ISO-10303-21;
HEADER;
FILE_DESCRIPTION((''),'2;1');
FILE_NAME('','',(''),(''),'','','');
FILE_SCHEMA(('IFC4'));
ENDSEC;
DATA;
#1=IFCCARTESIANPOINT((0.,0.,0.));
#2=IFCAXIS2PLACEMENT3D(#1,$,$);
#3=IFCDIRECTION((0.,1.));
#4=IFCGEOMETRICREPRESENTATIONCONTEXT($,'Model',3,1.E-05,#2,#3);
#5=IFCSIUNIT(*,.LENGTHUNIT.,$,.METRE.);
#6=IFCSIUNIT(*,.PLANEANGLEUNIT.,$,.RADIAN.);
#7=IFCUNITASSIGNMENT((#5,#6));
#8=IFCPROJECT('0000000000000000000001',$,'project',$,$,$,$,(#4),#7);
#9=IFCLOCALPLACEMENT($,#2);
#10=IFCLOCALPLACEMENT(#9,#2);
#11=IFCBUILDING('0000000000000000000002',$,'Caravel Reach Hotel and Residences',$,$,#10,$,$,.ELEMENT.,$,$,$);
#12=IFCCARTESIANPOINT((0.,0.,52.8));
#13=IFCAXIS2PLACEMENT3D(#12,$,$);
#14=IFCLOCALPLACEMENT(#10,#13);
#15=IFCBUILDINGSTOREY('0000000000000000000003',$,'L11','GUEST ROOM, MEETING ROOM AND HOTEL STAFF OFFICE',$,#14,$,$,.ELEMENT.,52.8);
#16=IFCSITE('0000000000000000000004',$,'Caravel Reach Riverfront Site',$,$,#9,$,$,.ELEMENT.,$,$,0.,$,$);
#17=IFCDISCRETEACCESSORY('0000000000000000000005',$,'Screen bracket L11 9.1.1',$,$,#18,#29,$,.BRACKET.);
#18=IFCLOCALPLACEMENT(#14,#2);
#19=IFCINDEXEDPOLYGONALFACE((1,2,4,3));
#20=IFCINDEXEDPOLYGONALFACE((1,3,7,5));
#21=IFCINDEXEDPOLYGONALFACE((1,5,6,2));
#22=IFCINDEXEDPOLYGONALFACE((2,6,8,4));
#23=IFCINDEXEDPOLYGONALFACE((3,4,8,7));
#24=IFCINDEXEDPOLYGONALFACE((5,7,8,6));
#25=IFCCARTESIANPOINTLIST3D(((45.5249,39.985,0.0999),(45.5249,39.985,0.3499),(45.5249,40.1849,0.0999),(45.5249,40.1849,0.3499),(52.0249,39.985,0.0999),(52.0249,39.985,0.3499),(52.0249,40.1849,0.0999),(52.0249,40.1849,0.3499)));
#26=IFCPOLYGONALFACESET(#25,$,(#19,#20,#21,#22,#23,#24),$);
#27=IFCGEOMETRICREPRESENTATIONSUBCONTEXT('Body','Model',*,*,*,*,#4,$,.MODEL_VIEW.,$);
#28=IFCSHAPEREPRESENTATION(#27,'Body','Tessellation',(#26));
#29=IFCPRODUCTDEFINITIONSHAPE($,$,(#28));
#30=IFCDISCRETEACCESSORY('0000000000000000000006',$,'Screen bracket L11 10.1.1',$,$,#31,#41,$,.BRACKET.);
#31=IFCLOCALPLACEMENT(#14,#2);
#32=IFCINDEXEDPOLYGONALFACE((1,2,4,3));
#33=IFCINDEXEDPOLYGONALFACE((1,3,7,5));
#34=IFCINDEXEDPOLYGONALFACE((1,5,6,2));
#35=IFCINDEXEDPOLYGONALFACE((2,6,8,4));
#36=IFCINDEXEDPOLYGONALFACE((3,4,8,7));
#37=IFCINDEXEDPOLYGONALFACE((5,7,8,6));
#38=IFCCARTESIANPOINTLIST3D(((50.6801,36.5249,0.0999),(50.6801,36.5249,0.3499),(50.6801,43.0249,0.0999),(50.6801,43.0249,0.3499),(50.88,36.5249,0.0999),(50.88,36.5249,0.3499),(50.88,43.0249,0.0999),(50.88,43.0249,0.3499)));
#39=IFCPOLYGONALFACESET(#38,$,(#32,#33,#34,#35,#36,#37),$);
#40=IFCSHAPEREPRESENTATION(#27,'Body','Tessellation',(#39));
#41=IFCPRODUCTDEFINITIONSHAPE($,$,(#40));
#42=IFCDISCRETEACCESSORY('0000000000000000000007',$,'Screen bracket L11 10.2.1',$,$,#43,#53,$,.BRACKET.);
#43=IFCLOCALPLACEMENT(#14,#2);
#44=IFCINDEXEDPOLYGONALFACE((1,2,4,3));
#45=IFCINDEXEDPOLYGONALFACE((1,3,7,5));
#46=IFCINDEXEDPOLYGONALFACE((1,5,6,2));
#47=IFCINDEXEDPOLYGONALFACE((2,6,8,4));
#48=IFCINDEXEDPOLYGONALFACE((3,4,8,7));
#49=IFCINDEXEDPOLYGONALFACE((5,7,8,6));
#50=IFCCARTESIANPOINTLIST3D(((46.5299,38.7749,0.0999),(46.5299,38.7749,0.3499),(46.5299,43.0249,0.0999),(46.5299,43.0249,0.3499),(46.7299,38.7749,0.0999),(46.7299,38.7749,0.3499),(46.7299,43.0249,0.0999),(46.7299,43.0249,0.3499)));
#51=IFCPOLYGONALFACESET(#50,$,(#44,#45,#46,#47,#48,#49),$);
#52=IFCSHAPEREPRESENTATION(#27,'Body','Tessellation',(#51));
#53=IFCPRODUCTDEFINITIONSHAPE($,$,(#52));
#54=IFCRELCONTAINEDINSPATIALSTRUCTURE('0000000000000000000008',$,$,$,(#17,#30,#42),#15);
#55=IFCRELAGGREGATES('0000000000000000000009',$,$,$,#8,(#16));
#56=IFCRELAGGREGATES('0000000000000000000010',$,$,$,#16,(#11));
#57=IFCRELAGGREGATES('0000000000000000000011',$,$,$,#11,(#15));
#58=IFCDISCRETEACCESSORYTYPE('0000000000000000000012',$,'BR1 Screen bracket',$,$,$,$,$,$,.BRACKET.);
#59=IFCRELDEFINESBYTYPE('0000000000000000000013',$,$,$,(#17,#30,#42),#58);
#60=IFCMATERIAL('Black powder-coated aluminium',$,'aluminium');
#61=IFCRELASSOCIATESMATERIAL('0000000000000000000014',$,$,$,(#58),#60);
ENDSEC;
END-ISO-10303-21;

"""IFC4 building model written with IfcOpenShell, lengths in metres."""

from ifc_helpers import new_model, si_unit, direction, frame, origin, origin_2d, place, context, subcontext, project, spatial, rectangle, extrude, material, type_object, element, save


model = new_model("IFC4")

# Units and contexts
model_context = context("Model", 3, precision=1e-05, world=origin(), true_north=direction((0.0, 1.0)))
body_context = subcontext(model_context, "Body", "Model", "MODEL_VIEW")
ifc_project = project(units=[si_unit("LENGTHUNIT", "METRE"), si_unit("PLANEANGLEUNIT", "RADIAN")], contexts=[model_context])

# Site, building, storey
site_placement = place(None, origin())
site = spatial("IfcSite", under=ifc_project, at=site_placement, Name="Caravel Reach Riverfront Site", CompositionType="ELEMENT", RefElevation=0.0)
building_placement = place(site_placement, origin())
building = spatial("IfcBuilding", under=site, at=building_placement, Name="Caravel Reach Hotel and Residences", CompositionType="ELEMENT")
storey_placement = place(building_placement, frame((0.0, 0.0, 52.8)))
storey = spatial("IfcBuildingStorey", under=building, at=storey_placement, Name="L11", Description="GUEST ROOM, MEETING ROOM AND HOTEL STAFF OFFICE", CompositionType="ELEMENT", Elevation=52.8)

# Discrete accessories
ifc_material_1 = material(Name="Black powder-coated aluminium", Category="aluminium")
discrete_accessory_type = type_object("IfcDiscreteAccessoryType", Name="BR1 Screen bracket", PredefinedType="BRACKET", material=ifc_material_1)
for number, where, z_axis, x_axis, name in (
    (1, (48.7749, 40.085, 0.0999), (0.0, 0.0, 1.0), (1.0, 0.0, 0.0), "Screen bracket L11 9.1.1"),
    (2, (50.78, 39.7749, 0.0999), (0.0, 0.0, 1.0), (0.0, 1.0, 0.0), "Screen bracket L11 10.1.1"),
):
    element("IfcDiscreteAccessory", number, at=place(storey_placement, frame(where, z_axis=z_axis, x_axis=x_axis)), inside=storey, type_object=discrete_accessory_type, Name=name, PredefinedType="BRACKET", context=body_context, shape_type="SweptSolid", body=[
        extrude(rectangle(XDim=6.5, YDim=0.2, at=origin_2d()), origin(), (0.0, 0.0, 1.0), 0.25),
    ])
discrete_accessory_placement = place(storey_placement, frame((46.6299, 40.8999, 0.0999), z_axis=(0.0, 0.0, 1.0), x_axis=(0.0, 1.0, 0.0)))
element("IfcDiscreteAccessory", 3, at=discrete_accessory_placement, inside=storey, type_object=discrete_accessory_type, Name="Screen bracket L11 10.2.1", PredefinedType="BRACKET", context=body_context, shape_type="SweptSolid", body=[
    extrude(rectangle(XDim=4.25, YDim=0.2, at=origin_2d()), origin(), (0.0, 0.0, 1.0), 0.25),
])

save(model, "model.ifc")
